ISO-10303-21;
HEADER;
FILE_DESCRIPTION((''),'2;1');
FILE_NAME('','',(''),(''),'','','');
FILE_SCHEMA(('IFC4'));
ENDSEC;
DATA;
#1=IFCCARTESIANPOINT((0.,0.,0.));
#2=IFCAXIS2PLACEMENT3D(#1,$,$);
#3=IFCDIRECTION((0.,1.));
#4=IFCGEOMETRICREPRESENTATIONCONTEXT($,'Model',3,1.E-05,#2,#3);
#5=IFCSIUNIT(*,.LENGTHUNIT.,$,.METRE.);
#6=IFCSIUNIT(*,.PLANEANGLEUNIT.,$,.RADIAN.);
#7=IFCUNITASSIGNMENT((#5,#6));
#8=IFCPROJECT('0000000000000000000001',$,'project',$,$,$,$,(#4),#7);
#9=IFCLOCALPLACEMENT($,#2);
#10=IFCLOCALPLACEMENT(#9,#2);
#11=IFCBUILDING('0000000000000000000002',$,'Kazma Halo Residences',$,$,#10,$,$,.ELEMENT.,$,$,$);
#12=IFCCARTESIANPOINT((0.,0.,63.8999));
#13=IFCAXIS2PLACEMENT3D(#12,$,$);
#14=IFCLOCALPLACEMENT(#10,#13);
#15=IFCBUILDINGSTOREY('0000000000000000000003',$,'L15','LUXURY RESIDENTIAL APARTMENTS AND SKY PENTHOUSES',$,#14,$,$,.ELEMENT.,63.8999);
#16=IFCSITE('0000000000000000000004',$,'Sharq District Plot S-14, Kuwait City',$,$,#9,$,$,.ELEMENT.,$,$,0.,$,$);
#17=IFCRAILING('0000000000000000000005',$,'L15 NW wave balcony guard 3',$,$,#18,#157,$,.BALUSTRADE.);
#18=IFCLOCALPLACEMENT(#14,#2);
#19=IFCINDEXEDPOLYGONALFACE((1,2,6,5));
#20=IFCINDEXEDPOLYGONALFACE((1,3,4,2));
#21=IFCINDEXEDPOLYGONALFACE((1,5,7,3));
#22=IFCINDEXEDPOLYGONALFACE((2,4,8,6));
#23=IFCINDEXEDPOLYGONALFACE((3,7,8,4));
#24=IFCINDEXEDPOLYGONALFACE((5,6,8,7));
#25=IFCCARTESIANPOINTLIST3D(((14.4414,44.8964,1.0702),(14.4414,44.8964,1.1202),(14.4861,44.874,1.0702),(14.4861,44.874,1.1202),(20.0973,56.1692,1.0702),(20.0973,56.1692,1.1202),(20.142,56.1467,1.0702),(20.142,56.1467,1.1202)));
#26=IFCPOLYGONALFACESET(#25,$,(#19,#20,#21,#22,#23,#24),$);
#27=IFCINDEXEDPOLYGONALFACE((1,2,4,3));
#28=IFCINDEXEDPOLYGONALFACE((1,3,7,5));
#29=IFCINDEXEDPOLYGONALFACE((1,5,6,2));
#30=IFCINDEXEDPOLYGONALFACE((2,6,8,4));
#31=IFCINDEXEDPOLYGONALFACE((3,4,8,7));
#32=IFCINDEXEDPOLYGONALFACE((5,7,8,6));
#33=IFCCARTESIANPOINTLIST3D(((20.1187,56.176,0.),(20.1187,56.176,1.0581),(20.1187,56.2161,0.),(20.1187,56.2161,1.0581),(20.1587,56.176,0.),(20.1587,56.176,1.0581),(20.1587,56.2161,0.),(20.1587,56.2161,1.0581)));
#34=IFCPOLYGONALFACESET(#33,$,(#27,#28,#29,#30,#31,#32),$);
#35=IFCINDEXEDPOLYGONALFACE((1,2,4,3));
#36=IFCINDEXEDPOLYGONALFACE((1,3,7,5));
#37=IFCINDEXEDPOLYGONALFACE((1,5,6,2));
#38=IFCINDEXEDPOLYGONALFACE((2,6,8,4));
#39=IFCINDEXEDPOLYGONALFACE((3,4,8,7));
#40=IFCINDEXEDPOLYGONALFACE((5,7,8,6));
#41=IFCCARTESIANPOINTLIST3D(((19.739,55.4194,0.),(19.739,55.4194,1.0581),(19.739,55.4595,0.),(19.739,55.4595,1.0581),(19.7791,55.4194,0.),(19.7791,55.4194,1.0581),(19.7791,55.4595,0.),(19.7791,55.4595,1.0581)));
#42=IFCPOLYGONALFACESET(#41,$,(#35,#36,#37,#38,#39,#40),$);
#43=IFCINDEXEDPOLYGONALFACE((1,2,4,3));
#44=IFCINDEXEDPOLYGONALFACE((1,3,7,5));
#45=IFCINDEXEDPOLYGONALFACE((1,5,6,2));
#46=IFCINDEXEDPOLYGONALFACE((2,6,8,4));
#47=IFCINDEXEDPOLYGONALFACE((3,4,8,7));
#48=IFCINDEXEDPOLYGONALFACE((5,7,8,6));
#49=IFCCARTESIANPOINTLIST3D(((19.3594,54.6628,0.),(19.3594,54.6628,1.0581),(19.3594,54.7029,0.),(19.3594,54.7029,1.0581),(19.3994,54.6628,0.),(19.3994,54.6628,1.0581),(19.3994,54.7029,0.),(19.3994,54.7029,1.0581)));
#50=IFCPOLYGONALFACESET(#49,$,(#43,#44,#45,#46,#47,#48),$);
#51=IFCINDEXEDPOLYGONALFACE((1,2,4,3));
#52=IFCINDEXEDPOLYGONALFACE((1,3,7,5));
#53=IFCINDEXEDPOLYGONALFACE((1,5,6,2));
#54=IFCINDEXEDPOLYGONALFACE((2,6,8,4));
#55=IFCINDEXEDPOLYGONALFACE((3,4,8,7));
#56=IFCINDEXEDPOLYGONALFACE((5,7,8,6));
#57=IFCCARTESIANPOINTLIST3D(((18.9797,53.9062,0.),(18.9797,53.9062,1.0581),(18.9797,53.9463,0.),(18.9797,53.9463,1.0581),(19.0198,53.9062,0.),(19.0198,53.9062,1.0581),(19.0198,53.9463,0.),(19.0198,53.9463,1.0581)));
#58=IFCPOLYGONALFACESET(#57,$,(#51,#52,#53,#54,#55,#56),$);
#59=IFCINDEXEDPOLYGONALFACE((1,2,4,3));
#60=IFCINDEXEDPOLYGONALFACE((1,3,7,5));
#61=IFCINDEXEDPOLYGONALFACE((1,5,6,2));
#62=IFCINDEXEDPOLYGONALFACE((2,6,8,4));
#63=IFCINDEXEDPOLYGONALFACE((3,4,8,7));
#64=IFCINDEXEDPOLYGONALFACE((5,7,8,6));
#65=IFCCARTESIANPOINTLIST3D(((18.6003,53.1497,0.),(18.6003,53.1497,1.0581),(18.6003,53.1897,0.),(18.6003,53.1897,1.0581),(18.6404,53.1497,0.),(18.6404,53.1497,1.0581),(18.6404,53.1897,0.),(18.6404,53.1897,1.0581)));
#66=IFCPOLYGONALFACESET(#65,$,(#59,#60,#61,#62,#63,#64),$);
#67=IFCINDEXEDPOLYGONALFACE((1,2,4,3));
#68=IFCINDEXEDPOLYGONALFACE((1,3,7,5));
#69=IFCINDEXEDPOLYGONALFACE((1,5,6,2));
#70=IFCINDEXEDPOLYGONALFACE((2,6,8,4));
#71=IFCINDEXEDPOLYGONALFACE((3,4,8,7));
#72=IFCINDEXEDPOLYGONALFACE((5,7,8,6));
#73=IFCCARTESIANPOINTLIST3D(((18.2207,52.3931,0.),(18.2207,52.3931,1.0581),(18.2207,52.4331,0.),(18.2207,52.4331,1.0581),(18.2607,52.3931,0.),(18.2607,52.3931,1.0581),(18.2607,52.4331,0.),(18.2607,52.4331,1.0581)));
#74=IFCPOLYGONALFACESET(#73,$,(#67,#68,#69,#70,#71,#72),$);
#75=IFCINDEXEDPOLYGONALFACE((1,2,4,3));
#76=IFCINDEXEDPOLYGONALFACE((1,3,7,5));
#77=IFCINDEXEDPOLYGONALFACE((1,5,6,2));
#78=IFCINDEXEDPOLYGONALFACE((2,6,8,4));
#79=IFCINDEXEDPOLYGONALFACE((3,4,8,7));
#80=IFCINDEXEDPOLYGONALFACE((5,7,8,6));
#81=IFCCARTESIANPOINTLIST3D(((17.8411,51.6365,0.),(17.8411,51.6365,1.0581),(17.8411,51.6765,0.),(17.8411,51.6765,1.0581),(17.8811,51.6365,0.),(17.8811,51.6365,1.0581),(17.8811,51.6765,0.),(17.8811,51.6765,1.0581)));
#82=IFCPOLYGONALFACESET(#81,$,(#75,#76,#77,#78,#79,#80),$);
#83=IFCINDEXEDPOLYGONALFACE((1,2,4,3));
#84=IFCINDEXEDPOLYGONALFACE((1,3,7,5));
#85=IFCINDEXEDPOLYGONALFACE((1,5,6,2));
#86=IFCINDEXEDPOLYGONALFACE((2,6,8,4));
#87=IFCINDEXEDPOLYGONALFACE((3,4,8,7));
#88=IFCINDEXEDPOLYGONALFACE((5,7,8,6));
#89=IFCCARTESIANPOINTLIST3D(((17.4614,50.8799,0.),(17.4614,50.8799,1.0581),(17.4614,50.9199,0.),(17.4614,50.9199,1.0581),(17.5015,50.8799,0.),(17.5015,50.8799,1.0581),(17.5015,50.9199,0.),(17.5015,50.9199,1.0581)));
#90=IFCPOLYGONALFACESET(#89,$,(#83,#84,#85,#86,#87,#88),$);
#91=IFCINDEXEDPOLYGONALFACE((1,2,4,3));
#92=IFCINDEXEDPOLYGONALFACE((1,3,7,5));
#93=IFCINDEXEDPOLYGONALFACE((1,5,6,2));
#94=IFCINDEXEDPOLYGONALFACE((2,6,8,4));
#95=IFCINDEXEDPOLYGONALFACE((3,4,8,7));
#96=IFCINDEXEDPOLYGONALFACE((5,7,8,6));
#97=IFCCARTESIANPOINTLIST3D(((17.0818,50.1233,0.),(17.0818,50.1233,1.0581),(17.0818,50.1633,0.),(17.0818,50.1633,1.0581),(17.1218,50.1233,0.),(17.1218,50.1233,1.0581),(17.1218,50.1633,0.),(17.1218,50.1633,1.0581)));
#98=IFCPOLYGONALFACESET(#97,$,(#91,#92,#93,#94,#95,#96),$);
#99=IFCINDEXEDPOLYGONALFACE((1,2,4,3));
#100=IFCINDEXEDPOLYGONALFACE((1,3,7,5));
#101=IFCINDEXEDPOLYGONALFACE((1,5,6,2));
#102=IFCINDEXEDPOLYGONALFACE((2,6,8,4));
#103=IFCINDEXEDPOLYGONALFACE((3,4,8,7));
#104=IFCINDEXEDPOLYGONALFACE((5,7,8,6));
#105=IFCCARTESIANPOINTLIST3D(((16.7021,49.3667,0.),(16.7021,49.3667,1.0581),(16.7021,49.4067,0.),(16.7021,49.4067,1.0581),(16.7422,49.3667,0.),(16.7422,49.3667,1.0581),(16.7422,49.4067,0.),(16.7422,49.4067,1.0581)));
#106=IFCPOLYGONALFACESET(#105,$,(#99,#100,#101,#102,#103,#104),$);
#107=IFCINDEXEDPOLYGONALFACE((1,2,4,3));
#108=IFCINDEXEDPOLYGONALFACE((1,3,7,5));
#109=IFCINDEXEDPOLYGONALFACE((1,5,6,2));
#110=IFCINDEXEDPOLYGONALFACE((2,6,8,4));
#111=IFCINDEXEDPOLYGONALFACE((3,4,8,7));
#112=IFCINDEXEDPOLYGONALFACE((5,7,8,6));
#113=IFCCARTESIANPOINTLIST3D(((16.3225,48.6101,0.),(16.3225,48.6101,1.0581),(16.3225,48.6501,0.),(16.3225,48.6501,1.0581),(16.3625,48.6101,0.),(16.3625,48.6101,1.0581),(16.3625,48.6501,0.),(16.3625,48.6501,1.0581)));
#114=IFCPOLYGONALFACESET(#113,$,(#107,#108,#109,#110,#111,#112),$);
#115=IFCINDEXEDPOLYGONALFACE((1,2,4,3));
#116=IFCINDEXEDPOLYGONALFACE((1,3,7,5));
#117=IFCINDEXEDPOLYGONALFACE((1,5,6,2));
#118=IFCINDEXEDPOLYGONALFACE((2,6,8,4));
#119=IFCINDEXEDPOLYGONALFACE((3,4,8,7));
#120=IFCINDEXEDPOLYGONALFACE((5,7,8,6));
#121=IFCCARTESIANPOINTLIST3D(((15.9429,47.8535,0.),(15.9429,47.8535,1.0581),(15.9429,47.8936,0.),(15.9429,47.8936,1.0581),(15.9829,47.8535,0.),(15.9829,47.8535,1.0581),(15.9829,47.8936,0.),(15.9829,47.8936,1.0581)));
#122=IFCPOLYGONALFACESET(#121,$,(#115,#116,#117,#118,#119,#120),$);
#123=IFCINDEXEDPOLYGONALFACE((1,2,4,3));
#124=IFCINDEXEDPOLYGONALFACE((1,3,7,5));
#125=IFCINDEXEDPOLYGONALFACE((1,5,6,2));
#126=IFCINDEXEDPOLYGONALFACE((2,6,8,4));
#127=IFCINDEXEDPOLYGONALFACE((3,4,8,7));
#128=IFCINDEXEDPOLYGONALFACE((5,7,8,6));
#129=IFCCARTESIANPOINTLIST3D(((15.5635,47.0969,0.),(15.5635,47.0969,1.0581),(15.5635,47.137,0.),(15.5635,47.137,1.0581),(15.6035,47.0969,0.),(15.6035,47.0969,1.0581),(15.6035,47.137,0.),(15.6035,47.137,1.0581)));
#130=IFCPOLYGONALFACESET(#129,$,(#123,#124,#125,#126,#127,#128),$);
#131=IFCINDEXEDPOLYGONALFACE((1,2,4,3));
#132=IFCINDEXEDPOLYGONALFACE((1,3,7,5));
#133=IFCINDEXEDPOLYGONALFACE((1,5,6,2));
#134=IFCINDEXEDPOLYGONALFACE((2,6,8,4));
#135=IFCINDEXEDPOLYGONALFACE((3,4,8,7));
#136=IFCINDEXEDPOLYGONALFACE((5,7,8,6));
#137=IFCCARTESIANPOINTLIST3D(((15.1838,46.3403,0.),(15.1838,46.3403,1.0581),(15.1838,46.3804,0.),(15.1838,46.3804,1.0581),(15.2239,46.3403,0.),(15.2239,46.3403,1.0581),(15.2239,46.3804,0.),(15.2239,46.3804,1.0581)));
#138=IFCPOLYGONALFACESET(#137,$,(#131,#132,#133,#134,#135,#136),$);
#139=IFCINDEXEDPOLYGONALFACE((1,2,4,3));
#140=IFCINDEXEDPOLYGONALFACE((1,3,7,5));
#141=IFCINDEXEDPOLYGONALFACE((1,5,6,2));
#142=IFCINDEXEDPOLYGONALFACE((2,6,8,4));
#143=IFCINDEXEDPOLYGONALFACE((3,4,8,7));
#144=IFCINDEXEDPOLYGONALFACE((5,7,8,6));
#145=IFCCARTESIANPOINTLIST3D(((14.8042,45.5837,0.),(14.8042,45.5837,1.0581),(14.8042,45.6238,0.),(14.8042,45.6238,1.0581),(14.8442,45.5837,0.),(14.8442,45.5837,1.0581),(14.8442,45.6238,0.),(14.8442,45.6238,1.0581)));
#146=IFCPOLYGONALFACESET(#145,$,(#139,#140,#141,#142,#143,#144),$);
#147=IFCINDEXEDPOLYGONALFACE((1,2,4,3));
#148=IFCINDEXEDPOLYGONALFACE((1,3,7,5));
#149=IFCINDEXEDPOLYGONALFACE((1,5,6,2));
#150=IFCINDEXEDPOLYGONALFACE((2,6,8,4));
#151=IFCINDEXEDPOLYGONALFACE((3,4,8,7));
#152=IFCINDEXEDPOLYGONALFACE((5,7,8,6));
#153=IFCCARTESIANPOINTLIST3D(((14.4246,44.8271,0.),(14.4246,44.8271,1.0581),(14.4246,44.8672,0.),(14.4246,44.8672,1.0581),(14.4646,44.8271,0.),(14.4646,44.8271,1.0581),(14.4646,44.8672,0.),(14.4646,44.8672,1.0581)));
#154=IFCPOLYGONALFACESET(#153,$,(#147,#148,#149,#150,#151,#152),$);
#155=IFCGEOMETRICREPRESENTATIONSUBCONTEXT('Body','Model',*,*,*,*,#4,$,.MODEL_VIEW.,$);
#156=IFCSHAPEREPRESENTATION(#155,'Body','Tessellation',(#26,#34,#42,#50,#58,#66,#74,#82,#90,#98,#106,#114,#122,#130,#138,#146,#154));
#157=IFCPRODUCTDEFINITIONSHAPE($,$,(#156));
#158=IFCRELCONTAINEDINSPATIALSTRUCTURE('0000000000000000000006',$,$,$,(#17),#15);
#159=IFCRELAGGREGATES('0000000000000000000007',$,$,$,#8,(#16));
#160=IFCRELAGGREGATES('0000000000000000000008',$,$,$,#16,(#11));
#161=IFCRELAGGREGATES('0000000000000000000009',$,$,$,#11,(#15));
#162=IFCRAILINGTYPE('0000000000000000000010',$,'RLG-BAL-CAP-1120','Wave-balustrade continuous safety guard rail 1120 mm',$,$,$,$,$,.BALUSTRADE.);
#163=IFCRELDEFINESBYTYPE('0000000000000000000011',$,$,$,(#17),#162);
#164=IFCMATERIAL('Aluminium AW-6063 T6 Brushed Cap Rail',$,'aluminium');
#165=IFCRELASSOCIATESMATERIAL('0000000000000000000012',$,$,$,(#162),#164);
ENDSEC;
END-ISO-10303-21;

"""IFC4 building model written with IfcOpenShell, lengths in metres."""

from ifc_helpers import new_model, si_unit, direction, frame, origin, origin_2d, place, context, subcontext, project, spatial, rectangle, extrude, material, type_object, element, save


model = new_model("IFC4")

# Units and contexts
model_context = context("Model", 3, precision=1e-05, world=origin(), true_north=direction((0.0, 1.0)))
body_context = subcontext(model_context, "Body", "Model", "MODEL_VIEW")
ifc_project = project(units=[si_unit("LENGTHUNIT", "METRE"), si_unit("PLANEANGLEUNIT", "RADIAN")], contexts=[model_context])

# Site, building, storey
site_placement = place(None, origin())
site = spatial("IfcSite", under=ifc_project, at=site_placement, Name="Sharq District Plot S-14, Kuwait City", CompositionType="ELEMENT", RefElevation=0.0)
building_placement = place(site_placement, origin())
building = spatial("IfcBuilding", under=site, at=building_placement, Name="Kazma Halo Residences", CompositionType="ELEMENT")
storey_placement = place(building_placement, frame((0.0, 0.0, 63.8999)))
storey = spatial("IfcBuildingStorey", under=building, at=storey_placement, Name="L15", Description="LUXURY RESIDENTIAL APARTMENTS AND SKY PENTHOUSES", CompositionType="ELEMENT", Elevation=63.8999)

# Railing
ifc_material_1 = material(Name="Aluminium AW-6063 T6 Brushed Cap Rail", Category="aluminium")
railing_type = type_object("IfcRailingType", Name="RLG-BAL-CAP-1120", Description="Wave-balustrade continuous safety guard rail 1120 mm", PredefinedType="BALUSTRADE", material=ifc_material_1)
railing_1_placement = place(storey_placement, frame((20.1387, 56.196, 0.0)))
element("IfcRailing", 1, at=railing_1_placement, inside=storey, type_object=railing_type, Name="L15 NW wave balcony guard 3", PredefinedType="BALUSTRADE", context=body_context, shape_type="SweptSolid", body=[
    extrude(rectangle(XDim=0.05, YDim=0.05, at=origin_2d()), frame((-0.019, -0.0381, 1.0952), z_axis=(-0.448451, -0.893807, 0.0), x_axis=(0.893807, -0.448451, 0.0)), (0.0, 0.0, 1.0), 12.6121),
    extrude(rectangle(XDim=0.04, YDim=0.04, at=origin_2d()), origin(), (0.0, 0.0, 1.0), 1.0581),
    extrude(rectangle(XDim=0.04, YDim=0.04, at=origin_2d()), frame((-0.3796, -0.7566, 0.0)), (0.0, 0.0, 1.0), 1.0581),
    extrude(rectangle(XDim=0.04, YDim=0.04, at=origin_2d()), frame((-0.7593, -1.5132, 0.0)), (0.0, 0.0, 1.0), 1.0581),
    extrude(rectangle(XDim=0.04, YDim=0.04, at=origin_2d()), frame((-1.1389, -2.2698, 0.0)), (0.0, 0.0, 1.0), 1.0581),
    extrude(rectangle(XDim=0.04, YDim=0.04, at=origin_2d()), frame((-1.5183, -3.0264, 0.0)), (0.0, 0.0, 1.0), 1.0581),
    extrude(rectangle(XDim=0.04, YDim=0.04, at=origin_2d()), frame((-1.8979, -3.783, 0.0)), (0.0, 0.0, 1.0), 1.0581),
    extrude(rectangle(XDim=0.04, YDim=0.04, at=origin_2d()), frame((-2.2776, -4.5396, 0.0)), (0.0, 0.0, 1.0), 1.0581),
    extrude(rectangle(XDim=0.04, YDim=0.04, at=origin_2d()), frame((-2.6572, -5.2961, 0.0)), (0.0, 0.0, 1.0), 1.0581),
    extrude(rectangle(XDim=0.04, YDim=0.04, at=origin_2d()), frame((-3.0369, -6.0527, 0.0)), (0.0, 0.0, 1.0), 1.0581),
    extrude(rectangle(XDim=0.04, YDim=0.04, at=origin_2d()), frame((-3.4165, -6.8093, 0.0)), (0.0, 0.0, 1.0), 1.0581),
    extrude(rectangle(XDim=0.04, YDim=0.04, at=origin_2d()), frame((-3.7961, -7.5659, 0.0)), (0.0, 0.0, 1.0), 1.0581),
    extrude(rectangle(XDim=0.04, YDim=0.04, at=origin_2d()), frame((-4.1758, -8.3225, 0.0)), (0.0, 0.0, 1.0), 1.0581),
    extrude(rectangle(XDim=0.04, YDim=0.04, at=origin_2d()), frame((-4.5552, -9.0791, 0.0)), (0.0, 0.0, 1.0), 1.0581),
    extrude(rectangle(XDim=0.04, YDim=0.04, at=origin_2d()), frame((-4.9348, -9.8357, 0.0)), (0.0, 0.0, 1.0), 1.0581),
    extrude(rectangle(XDim=0.04, YDim=0.04, at=origin_2d()), frame((-5.3145, -10.5923, 0.0)), (0.0, 0.0, 1.0), 1.0581),
    extrude(rectangle(XDim=0.04, YDim=0.04, at=origin_2d()), frame((-5.6941, -11.3489, 0.0)), (0.0, 0.0, 1.0), 1.0581),
])

save(model, "model.ifc")
